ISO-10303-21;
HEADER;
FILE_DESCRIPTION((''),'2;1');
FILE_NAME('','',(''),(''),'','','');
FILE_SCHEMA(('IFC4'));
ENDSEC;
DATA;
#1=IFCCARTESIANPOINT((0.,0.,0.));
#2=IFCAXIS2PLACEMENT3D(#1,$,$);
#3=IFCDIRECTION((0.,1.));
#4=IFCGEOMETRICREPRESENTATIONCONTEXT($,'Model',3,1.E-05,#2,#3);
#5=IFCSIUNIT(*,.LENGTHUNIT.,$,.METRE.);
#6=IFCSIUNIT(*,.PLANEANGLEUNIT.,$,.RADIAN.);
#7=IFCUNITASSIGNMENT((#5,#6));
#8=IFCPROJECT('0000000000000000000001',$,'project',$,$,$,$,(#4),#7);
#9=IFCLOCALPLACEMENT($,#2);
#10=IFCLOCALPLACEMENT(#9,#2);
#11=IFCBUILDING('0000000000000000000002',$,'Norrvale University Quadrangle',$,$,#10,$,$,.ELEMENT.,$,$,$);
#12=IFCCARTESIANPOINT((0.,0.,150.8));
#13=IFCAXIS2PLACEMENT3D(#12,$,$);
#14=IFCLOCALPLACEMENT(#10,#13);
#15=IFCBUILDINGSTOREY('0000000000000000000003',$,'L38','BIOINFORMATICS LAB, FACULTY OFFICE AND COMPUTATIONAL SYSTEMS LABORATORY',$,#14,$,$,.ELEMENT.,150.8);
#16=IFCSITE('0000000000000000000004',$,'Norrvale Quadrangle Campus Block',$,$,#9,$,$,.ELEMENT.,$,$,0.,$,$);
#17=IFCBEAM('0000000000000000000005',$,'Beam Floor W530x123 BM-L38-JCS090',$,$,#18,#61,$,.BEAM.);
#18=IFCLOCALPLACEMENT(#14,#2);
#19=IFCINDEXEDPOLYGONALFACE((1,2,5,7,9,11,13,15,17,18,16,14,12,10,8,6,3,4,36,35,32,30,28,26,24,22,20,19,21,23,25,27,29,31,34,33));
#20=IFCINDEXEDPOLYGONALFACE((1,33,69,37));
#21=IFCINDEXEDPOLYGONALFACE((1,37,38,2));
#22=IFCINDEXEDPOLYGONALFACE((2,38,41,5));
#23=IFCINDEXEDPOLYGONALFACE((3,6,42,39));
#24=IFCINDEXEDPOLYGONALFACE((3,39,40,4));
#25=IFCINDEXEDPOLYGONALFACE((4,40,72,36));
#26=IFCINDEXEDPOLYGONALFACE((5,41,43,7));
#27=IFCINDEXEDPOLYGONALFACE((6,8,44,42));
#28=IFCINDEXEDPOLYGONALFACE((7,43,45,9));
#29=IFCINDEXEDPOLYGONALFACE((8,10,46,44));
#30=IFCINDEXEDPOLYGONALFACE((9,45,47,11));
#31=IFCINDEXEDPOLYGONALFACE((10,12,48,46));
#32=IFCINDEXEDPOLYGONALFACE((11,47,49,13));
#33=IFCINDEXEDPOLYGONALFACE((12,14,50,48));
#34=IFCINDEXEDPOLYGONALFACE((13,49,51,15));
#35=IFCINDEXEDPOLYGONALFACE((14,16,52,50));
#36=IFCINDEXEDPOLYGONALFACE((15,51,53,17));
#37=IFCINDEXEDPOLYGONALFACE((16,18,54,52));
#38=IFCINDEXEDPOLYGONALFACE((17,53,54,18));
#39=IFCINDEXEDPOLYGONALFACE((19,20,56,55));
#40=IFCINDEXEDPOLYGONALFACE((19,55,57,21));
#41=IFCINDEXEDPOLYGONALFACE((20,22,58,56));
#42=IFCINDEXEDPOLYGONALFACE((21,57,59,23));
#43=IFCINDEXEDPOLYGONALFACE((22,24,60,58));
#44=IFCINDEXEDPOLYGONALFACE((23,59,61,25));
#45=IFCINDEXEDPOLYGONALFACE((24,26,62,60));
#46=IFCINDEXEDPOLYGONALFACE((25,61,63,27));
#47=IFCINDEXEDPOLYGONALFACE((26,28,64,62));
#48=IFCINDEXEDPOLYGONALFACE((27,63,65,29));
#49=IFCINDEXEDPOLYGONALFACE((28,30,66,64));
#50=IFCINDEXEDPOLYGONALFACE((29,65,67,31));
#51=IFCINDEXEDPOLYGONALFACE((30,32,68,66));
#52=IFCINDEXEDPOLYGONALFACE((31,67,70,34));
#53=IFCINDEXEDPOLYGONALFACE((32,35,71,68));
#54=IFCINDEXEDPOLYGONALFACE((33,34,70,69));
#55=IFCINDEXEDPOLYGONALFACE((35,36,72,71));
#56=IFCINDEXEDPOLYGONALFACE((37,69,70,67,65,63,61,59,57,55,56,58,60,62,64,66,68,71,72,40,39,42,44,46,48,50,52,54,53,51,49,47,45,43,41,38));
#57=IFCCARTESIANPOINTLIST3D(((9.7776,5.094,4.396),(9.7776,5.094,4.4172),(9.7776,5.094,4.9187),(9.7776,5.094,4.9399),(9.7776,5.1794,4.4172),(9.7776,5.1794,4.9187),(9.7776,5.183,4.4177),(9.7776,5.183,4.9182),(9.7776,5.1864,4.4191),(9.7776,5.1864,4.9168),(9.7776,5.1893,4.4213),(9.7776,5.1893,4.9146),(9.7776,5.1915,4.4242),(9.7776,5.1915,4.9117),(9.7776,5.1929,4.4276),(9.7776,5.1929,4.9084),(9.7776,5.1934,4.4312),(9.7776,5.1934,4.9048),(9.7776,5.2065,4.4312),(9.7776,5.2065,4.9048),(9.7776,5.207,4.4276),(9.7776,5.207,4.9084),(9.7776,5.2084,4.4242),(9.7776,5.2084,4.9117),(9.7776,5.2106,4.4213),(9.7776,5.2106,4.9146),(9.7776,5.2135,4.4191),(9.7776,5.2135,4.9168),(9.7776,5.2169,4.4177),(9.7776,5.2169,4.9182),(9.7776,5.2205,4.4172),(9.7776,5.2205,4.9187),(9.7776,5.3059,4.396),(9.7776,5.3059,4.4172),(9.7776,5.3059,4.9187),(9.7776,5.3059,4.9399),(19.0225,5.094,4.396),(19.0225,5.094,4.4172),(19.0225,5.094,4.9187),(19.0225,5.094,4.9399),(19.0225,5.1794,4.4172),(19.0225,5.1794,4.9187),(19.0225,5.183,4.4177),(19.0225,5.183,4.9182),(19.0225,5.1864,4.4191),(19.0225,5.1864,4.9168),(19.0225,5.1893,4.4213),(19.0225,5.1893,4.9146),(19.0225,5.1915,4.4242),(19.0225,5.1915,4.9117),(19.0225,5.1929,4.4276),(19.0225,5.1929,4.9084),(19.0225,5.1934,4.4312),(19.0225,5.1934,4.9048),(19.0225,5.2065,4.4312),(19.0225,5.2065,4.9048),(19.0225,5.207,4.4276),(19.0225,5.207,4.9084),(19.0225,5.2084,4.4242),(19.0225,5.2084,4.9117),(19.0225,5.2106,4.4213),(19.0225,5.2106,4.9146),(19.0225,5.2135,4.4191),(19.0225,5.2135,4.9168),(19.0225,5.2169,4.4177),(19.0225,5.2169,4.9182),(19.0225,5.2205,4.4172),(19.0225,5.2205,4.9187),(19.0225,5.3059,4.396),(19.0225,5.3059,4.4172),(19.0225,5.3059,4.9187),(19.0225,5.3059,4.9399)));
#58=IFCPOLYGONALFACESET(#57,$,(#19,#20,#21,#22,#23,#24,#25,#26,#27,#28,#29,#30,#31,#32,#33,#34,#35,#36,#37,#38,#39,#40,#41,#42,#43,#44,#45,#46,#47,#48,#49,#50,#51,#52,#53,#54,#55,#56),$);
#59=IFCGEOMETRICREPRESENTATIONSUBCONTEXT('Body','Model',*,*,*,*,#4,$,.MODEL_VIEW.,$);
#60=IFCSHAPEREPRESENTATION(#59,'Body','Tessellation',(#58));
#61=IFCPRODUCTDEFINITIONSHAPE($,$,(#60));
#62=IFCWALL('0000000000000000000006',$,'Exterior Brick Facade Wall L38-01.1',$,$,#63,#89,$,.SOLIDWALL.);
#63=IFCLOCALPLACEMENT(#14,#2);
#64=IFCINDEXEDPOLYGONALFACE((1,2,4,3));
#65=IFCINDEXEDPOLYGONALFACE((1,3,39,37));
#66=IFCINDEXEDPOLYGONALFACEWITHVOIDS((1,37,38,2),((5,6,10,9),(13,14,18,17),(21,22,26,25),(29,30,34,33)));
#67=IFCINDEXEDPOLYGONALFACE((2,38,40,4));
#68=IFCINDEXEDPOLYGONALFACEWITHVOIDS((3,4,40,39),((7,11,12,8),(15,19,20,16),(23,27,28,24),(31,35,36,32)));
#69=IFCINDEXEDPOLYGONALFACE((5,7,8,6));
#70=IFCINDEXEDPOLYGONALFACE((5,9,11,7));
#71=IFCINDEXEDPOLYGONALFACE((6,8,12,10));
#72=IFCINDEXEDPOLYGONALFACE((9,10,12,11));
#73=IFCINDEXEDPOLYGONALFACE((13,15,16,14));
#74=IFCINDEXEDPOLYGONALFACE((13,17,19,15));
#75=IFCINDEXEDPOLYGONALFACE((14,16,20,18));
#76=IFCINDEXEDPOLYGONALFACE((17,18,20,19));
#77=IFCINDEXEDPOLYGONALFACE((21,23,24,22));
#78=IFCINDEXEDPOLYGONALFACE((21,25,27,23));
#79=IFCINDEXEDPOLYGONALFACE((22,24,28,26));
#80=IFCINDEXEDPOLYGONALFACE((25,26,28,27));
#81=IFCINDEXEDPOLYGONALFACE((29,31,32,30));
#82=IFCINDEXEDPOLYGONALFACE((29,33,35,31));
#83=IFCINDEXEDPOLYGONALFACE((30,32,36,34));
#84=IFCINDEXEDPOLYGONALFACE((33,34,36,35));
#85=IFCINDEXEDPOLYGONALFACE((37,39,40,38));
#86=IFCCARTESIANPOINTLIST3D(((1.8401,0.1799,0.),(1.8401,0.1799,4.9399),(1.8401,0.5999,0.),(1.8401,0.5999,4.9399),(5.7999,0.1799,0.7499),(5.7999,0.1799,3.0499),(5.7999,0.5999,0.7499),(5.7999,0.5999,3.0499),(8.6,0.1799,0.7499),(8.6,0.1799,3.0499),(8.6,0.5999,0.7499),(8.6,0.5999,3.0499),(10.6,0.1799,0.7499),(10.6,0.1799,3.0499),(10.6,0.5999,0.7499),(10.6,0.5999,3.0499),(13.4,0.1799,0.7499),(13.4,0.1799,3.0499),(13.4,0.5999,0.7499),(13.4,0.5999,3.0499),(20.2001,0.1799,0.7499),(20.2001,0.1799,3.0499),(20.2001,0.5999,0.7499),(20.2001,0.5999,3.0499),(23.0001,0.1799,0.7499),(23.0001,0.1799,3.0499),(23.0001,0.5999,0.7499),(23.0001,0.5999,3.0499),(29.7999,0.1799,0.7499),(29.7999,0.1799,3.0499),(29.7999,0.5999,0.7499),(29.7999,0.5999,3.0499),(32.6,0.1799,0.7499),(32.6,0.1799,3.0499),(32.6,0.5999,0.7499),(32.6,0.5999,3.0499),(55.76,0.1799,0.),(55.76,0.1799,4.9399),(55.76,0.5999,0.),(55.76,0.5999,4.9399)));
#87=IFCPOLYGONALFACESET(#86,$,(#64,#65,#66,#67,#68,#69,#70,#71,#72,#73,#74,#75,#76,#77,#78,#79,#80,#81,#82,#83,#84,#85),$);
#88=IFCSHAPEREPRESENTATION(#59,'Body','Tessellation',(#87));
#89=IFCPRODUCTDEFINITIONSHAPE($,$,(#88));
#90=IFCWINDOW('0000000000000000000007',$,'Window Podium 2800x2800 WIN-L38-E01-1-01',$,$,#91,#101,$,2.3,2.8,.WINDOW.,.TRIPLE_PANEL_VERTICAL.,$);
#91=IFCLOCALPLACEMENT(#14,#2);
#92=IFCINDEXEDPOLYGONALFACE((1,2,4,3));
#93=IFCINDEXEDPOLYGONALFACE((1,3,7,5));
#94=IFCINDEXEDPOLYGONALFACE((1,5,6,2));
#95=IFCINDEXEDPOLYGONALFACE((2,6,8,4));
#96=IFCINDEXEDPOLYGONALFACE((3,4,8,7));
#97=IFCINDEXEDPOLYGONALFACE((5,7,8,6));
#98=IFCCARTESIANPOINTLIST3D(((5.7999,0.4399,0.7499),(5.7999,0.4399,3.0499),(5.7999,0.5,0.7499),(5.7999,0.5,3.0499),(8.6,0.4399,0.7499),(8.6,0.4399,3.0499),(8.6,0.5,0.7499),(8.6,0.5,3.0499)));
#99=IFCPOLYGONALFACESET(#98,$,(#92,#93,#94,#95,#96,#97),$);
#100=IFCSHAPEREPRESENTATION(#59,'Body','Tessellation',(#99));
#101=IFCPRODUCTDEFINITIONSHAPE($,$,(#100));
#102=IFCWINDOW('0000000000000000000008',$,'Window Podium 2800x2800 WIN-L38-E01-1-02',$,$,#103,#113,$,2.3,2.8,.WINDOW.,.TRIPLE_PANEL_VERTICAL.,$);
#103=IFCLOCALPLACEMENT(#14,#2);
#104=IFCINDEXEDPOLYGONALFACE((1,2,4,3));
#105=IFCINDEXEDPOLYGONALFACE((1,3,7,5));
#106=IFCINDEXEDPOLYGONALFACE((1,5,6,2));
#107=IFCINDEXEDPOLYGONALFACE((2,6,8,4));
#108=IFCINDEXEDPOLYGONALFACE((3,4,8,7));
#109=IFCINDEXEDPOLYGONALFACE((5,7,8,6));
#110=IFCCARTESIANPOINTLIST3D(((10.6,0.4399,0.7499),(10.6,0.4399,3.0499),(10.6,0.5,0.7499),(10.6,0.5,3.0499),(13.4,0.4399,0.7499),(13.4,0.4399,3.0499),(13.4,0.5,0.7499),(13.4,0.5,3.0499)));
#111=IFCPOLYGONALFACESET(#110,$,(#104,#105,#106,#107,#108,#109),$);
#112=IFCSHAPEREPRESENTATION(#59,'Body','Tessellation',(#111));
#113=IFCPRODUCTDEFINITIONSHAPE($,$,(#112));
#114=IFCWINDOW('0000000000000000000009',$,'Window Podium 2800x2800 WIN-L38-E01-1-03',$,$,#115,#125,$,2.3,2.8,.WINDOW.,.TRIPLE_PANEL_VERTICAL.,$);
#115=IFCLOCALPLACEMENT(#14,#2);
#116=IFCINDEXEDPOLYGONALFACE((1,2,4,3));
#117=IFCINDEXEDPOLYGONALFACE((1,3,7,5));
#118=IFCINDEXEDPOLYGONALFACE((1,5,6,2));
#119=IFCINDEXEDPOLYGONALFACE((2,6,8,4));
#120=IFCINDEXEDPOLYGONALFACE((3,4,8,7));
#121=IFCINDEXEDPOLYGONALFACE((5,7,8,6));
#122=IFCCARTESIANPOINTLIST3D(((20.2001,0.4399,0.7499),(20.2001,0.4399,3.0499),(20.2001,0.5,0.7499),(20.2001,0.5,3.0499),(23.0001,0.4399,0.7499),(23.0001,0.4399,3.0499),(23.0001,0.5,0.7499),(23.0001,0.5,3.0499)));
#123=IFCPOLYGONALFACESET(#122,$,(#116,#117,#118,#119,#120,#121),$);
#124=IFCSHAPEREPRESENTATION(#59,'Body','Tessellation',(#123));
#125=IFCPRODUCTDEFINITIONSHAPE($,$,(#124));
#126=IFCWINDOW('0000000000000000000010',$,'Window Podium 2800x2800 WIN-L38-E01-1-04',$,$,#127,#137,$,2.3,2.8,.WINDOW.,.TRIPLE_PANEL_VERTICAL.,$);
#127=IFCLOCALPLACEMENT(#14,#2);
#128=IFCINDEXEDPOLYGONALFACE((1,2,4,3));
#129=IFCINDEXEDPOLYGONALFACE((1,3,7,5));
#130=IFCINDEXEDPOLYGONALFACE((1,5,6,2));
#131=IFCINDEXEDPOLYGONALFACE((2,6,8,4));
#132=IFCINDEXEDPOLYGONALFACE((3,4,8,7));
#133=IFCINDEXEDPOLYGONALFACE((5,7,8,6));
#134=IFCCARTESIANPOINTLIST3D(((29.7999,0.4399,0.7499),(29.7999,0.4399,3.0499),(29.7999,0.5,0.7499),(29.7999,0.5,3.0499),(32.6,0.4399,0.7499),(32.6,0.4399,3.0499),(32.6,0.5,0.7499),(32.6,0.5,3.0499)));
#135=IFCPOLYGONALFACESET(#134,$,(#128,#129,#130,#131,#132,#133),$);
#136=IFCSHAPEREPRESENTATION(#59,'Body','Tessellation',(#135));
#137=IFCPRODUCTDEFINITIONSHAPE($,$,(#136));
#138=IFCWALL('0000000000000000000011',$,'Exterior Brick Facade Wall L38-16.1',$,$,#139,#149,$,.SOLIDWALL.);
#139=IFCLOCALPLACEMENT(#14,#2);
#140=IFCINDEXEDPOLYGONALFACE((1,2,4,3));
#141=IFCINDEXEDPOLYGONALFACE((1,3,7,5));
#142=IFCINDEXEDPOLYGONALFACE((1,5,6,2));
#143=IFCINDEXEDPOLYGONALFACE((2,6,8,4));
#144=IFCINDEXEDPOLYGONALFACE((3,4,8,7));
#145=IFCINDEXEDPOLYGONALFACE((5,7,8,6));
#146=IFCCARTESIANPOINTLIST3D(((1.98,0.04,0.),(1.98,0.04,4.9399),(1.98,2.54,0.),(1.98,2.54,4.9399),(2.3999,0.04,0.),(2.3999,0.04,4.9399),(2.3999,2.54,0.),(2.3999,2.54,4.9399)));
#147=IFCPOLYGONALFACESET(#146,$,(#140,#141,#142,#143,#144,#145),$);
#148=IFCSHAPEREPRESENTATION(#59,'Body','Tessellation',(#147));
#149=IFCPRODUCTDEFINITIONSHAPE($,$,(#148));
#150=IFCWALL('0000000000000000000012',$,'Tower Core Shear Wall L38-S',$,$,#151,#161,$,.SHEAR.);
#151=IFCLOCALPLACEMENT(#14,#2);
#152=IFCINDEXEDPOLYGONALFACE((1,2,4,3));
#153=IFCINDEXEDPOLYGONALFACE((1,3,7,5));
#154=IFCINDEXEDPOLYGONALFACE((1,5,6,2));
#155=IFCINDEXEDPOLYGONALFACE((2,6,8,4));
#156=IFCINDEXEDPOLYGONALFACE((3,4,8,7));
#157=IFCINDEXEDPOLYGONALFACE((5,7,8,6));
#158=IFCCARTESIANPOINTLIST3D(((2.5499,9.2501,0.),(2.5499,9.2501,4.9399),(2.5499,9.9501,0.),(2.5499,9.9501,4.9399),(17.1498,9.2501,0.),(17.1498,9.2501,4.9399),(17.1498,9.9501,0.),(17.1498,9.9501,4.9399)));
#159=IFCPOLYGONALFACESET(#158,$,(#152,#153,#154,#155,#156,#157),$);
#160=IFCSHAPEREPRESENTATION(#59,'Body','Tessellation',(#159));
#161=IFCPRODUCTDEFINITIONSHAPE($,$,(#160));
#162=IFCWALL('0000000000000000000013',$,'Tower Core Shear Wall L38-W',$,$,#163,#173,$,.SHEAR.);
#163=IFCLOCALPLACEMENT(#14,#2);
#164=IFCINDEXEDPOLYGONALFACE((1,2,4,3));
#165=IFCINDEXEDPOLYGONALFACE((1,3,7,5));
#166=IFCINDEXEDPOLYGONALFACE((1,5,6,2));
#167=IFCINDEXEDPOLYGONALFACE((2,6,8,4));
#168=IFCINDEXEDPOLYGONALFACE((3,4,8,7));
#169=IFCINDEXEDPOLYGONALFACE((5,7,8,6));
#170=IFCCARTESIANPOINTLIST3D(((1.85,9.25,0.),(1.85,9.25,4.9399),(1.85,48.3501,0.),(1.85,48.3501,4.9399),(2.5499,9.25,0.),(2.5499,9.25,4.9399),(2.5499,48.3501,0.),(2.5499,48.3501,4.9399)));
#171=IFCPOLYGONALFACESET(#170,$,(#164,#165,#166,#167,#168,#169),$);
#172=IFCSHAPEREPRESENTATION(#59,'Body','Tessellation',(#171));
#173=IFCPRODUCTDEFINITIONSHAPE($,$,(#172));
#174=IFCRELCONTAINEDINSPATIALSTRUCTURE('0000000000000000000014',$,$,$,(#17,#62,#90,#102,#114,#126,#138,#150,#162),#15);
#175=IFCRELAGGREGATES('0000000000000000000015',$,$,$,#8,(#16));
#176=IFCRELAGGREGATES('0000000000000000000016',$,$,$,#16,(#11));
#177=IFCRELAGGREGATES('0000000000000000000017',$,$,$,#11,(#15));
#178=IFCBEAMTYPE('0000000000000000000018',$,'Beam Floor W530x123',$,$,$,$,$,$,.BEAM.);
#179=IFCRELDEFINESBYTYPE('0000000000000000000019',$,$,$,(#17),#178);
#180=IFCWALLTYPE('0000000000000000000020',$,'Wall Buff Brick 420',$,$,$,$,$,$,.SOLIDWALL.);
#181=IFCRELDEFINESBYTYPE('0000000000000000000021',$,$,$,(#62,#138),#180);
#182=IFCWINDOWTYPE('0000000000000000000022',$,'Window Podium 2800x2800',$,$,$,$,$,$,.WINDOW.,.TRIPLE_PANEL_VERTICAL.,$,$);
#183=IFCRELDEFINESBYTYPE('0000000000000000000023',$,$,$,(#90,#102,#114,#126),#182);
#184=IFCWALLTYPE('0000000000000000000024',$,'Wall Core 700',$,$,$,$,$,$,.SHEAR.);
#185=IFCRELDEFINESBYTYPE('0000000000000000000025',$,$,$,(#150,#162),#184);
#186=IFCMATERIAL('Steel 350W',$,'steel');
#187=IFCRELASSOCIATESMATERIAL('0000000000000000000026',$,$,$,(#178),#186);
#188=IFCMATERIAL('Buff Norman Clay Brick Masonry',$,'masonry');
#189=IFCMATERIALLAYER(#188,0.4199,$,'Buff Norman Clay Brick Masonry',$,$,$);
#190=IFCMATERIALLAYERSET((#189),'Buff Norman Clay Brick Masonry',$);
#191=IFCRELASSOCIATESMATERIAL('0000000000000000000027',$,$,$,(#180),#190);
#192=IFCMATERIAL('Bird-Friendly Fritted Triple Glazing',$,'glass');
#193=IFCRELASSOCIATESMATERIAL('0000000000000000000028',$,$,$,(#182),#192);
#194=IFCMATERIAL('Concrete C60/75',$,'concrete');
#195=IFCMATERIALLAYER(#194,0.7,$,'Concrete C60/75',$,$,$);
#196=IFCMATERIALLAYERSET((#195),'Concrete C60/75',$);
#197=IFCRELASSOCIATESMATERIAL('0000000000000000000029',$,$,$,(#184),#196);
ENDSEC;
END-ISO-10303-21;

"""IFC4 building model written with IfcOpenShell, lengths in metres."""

from ifc_helpers import new_model, si_unit, direction, frame, frame_2d, origin, origin_2d, place, context, subcontext, project, spatial, rectangle, i_section, extrude, material, layer, layer_set, material_profile, profile_set, type_object, element, fill, save


model = new_model("IFC4")

# Units and contexts
model_context = context("Model", 3, precision=1e-05, world=origin(), true_north=direction((0.0, 1.0)))
body_context = subcontext(model_context, "Body", "Model", "MODEL_VIEW")
ifc_project = project(units=[si_unit("LENGTHUNIT", "METRE"), si_unit("PLANEANGLEUNIT", "RADIAN")], contexts=[model_context])

# Site, building, storey
site_placement = place(None, origin())
site = spatial("IfcSite", under=ifc_project, at=site_placement, Name="Norrvale Quadrangle Campus Block", CompositionType="ELEMENT", RefElevation=0.0)
building_placement = place(site_placement, origin())
building = spatial("IfcBuilding", under=site, at=building_placement, Name="Norrvale University Quadrangle", CompositionType="ELEMENT")
storey_placement = place(building_placement, frame((0.0, 0.0, 150.8)))
storey = spatial("IfcBuildingStorey", under=building, at=storey_placement, Name="L38", Description="BIOINFORMATICS LAB, FACULTY OFFICE AND COMPUTATIONAL SYSTEMS LABORATORY", CompositionType="ELEMENT", Elevation=150.8)

# Shared definitions
ifc_material_1 = material(Name="Concrete C60/75", Category="concrete")

# Beam
ifc_material_2 = material(Name="Steel 350W", Category="steel")
ifc_material_profile_1 = material_profile(ifc_material_2, i_section(OverallWidth=0.2119, OverallDepth=0.5439, WebThickness=0.0132, FlangeThickness=0.0212, FilletRadius=0.0139, at=origin_2d()), Name="Steel 350W")
ifc_profile_set_1 = profile_set([ifc_material_profile_1], Name="Steel 350W")
beam_type_1 = type_object("IfcBeamType", Name="Beam Floor W530x123", PredefinedType="BEAM", material=ifc_profile_set_1)
beam_1_placement = place(storey_placement, frame((9.7776, 5.2, 4.668), z_axis=(1.0, 0.0, 0.0), x_axis=(0.0, 1.0, 0.0)))
element("IfcBeam", 1, at=beam_1_placement, inside=storey, type_object=beam_type_1, Name="Beam Floor W530x123 BM-L38-JCS090", PredefinedType="BEAM", context=body_context, shape_type="SweptSolid", body=[
    extrude(i_section(OverallWidth=0.2119, OverallDepth=0.5439, WebThickness=0.0132, FlangeThickness=0.0212, FilletRadius=0.0139, at=origin_2d()), origin(), (0.0, 0.0, 1.0), 9.2449),
])

# Wall, openings, windows
ifc_material_3 = material(Name="Buff Norman Clay Brick Masonry", Category="masonry")
ifc_layer_1 = layer(ifc_material_3, 0.4199, Name="Buff Norman Clay Brick Masonry")
ifc_layer_set_1 = layer_set([ifc_layer_1], Name="Buff Norman Clay Brick Masonry")
wall_type_1 = type_object("IfcWallType", Name="Wall Buff Brick 420", PredefinedType="SOLIDWALL", material=ifc_layer_set_1)
wall_1_placement = place(storey_placement, frame((1.8401, 0.3899, 0.0), z_axis=(0.0, 0.0, 1.0), x_axis=(1.0, 0.0, 0.0)))
wall_1 = element("IfcWall", 2, at=wall_1_placement, inside=storey, type_object=wall_type_1, Name="Exterior Brick Facade Wall L38-01.1", PredefinedType="SOLIDWALL", context=body_context, shape_type="SweptSolid", body=[
    extrude(rectangle(XDim=53.9199, YDim=0.4199, at=frame_2d((26.96, 0.0))), origin(), (0.0, 0.0, 1.0), 4.9399),
])
opening_1_placement = place(wall_1_placement, frame((3.96, 0.0, 0.75)))
opening_1 = element("IfcOpeningElement", 3, at=opening_1_placement, cuts=wall_1, PredefinedType="OPENING", context=body_context, shape_type="SweptSolid", body=[
    extrude(rectangle(XDim=2.8, YDim=2.3, at=frame_2d((1.3999, 1.1499))), frame((0.0, 0.2219, 0.0), z_axis=(0.0, -1.0, 0.0), x_axis=(1.0, 0.0, 0.0)), (0.0, 0.0, 1.0), 0.4438),
])
opening_2_placement = place(wall_1_placement, frame((8.76, 0.0, 0.75)))
opening_2 = element("IfcOpeningElement", 4, at=opening_2_placement, cuts=wall_1, PredefinedType="OPENING", context=body_context, shape_type="SweptSolid", body=[
    extrude(rectangle(XDim=2.8, YDim=2.3, at=frame_2d((1.3999, 1.1499))), frame((0.0, 0.2219, 0.0), z_axis=(0.0, -1.0, 0.0), x_axis=(1.0, 0.0, 0.0)), (0.0, 0.0, 1.0), 0.4438),
])
opening_3_placement = place(wall_1_placement, frame((18.3601, 0.0, 0.75)))
opening_3 = element("IfcOpeningElement", 5, at=opening_3_placement, cuts=wall_1, PredefinedType="OPENING", context=body_context, shape_type="SweptSolid", body=[
    extrude(rectangle(XDim=2.8, YDim=2.3, at=frame_2d((1.3999, 1.1499))), frame((0.0, 0.2219, 0.0), z_axis=(0.0, -1.0, 0.0), x_axis=(1.0, 0.0, 0.0)), (0.0, 0.0, 1.0), 0.4438),
])
opening_4_placement = place(wall_1_placement, frame((27.96, 0.0, 0.75)))
opening_4 = element("IfcOpeningElement", 6, at=opening_4_placement, cuts=wall_1, PredefinedType="OPENING", context=body_context, shape_type="SweptSolid", body=[
    extrude(rectangle(XDim=2.8, YDim=2.3, at=frame_2d((1.3999, 1.1499))), frame((0.0, 0.2219, 0.0), z_axis=(0.0, -1.0, 0.0), x_axis=(1.0, 0.0, 0.0)), (0.0, 0.0, 1.0), 0.4438),
])
ifc_material_4 = material(Name="Bird-Friendly Fritted Triple Glazing", Category="glass")
window_type = type_object("IfcWindowType", Name="Window Podium 2800x2800", PartitioningType="TRIPLE_PANEL_VERTICAL", PredefinedType="WINDOW", material=ifc_material_4)
window_1_placement = place(opening_1_placement, origin())
window_1 = element("IfcWindow", 7, at=window_1_placement, inside=storey, type_object=window_type, Name="Window Podium 2800x2800 WIN-L38-E01-1-01", OverallHeight=2.3, OverallWidth=2.8, PartitioningType="TRIPLE_PANEL_VERTICAL", PredefinedType="WINDOW", context=body_context, shape_type="SweptSolid", body=[
    extrude(rectangle(XDim=2.8, YDim=2.3, at=frame_2d((1.3999, 1.1499))), frame((0.0, 0.1101, 0.0), z_axis=(0.0, -1.0, 0.0), x_axis=(1.0, 0.0, 0.0)), (0.0, 0.0, 1.0), 0.0601),
])
fill(opening_1, window_1)
window_2_placement = place(opening_2_placement, origin())
window_2 = element("IfcWindow", 8, at=window_2_placement, inside=storey, type_object=window_type, Name="Window Podium 2800x2800 WIN-L38-E01-1-02", OverallHeight=2.3, OverallWidth=2.8, PartitioningType="TRIPLE_PANEL_VERTICAL", PredefinedType="WINDOW", context=body_context, shape_type="SweptSolid", body=[
    extrude(rectangle(XDim=2.8, YDim=2.3, at=frame_2d((1.3999, 1.1499))), frame((0.0, 0.1101, 0.0), z_axis=(0.0, -1.0, 0.0), x_axis=(1.0, 0.0, 0.0)), (0.0, 0.0, 1.0), 0.0601),
])
fill(opening_2, window_2)
window_3_placement = place(opening_3_placement, origin())
window_3 = element("IfcWindow", 9, at=window_3_placement, inside=storey, type_object=window_type, Name="Window Podium 2800x2800 WIN-L38-E01-1-03", OverallHeight=2.3, OverallWidth=2.8, PartitioningType="TRIPLE_PANEL_VERTICAL", PredefinedType="WINDOW", context=body_context, shape_type="SweptSolid", body=[
    extrude(rectangle(XDim=2.8, YDim=2.3, at=frame_2d((1.3999, 1.1499))), frame((0.0, 0.1101, 0.0), z_axis=(0.0, -1.0, 0.0), x_axis=(1.0, 0.0, 0.0)), (0.0, 0.0, 1.0), 0.0601),
])
fill(opening_3, window_3)
window_4_placement = place(opening_4_placement, origin())
window_4 = element("IfcWindow", 10, at=window_4_placement, inside=storey, type_object=window_type, Name="Window Podium 2800x2800 WIN-L38-E01-1-04", OverallHeight=2.3, OverallWidth=2.8, PartitioningType="TRIPLE_PANEL_VERTICAL", PredefinedType="WINDOW", context=body_context, shape_type="SweptSolid", body=[
    extrude(rectangle(XDim=2.8, YDim=2.3, at=frame_2d((1.3999, 1.1499))), frame((0.0, 0.1101, 0.0), z_axis=(0.0, -1.0, 0.0), x_axis=(1.0, 0.0, 0.0)), (0.0, 0.0, 1.0), 0.0601),
])
fill(opening_4, window_4)

# Walls
wall_2_placement = place(storey_placement, frame((2.1899, 2.54, 0.0), z_axis=(0.0, 0.0, 1.0), x_axis=(0.0, -1.0, 0.0)))
element("IfcWall", 11, at=wall_2_placement, inside=storey, type_object=wall_type_1, Name="Exterior Brick Facade Wall L38-16.1", PredefinedType="SOLIDWALL", context=body_context, shape_type="SweptSolid", body=[
    extrude(rectangle(XDim=2.5, YDim=0.4199, at=frame_2d((1.25, 0.0))), origin(), (0.0, 0.0, 1.0), 4.9399),
])
ifc_layer_2 = layer(ifc_material_1, 0.7, Name="Concrete C60/75")
ifc_layer_set_2 = layer_set([ifc_layer_2], Name="Concrete C60/75")
wall_type_2 = type_object("IfcWallType", Name="Wall Core 700", PredefinedType="SHEAR", material=ifc_layer_set_2)
wall_3_placement = place(storey_placement, frame((2.55, 9.6001, 0.0), z_axis=(0.0, 0.0, 1.0), x_axis=(1.0, 0.0, 0.0)))
element("IfcWall", 12, at=wall_3_placement, inside=storey, type_object=wall_type_2, Name="Tower Core Shear Wall L38-S", PredefinedType="SHEAR", context=body_context, shape_type="SweptSolid", body=[
    extrude(rectangle(XDim=14.5999, YDim=0.7, at=frame_2d((7.2998, 0.0))), origin(), (0.0, 0.0, 1.0), 4.9399),
])
wall_4_placement = place(storey_placement, frame((2.2, 9.25, 0.0), z_axis=(0.0, 0.0, 1.0), x_axis=(0.0, 1.0, 0.0)))
element("IfcWall", 13, at=wall_4_placement, inside=storey, type_object=wall_type_2, Name="Tower Core Shear Wall L38-W", PredefinedType="SHEAR", context=body_context, shape_type="SweptSolid", body=[
    extrude(rectangle(XDim=39.1001, YDim=0.7, at=frame_2d((19.55, 0.0))), origin(), (0.0, 0.0, 1.0), 4.9399),
])

save(model, "model.ifc")
